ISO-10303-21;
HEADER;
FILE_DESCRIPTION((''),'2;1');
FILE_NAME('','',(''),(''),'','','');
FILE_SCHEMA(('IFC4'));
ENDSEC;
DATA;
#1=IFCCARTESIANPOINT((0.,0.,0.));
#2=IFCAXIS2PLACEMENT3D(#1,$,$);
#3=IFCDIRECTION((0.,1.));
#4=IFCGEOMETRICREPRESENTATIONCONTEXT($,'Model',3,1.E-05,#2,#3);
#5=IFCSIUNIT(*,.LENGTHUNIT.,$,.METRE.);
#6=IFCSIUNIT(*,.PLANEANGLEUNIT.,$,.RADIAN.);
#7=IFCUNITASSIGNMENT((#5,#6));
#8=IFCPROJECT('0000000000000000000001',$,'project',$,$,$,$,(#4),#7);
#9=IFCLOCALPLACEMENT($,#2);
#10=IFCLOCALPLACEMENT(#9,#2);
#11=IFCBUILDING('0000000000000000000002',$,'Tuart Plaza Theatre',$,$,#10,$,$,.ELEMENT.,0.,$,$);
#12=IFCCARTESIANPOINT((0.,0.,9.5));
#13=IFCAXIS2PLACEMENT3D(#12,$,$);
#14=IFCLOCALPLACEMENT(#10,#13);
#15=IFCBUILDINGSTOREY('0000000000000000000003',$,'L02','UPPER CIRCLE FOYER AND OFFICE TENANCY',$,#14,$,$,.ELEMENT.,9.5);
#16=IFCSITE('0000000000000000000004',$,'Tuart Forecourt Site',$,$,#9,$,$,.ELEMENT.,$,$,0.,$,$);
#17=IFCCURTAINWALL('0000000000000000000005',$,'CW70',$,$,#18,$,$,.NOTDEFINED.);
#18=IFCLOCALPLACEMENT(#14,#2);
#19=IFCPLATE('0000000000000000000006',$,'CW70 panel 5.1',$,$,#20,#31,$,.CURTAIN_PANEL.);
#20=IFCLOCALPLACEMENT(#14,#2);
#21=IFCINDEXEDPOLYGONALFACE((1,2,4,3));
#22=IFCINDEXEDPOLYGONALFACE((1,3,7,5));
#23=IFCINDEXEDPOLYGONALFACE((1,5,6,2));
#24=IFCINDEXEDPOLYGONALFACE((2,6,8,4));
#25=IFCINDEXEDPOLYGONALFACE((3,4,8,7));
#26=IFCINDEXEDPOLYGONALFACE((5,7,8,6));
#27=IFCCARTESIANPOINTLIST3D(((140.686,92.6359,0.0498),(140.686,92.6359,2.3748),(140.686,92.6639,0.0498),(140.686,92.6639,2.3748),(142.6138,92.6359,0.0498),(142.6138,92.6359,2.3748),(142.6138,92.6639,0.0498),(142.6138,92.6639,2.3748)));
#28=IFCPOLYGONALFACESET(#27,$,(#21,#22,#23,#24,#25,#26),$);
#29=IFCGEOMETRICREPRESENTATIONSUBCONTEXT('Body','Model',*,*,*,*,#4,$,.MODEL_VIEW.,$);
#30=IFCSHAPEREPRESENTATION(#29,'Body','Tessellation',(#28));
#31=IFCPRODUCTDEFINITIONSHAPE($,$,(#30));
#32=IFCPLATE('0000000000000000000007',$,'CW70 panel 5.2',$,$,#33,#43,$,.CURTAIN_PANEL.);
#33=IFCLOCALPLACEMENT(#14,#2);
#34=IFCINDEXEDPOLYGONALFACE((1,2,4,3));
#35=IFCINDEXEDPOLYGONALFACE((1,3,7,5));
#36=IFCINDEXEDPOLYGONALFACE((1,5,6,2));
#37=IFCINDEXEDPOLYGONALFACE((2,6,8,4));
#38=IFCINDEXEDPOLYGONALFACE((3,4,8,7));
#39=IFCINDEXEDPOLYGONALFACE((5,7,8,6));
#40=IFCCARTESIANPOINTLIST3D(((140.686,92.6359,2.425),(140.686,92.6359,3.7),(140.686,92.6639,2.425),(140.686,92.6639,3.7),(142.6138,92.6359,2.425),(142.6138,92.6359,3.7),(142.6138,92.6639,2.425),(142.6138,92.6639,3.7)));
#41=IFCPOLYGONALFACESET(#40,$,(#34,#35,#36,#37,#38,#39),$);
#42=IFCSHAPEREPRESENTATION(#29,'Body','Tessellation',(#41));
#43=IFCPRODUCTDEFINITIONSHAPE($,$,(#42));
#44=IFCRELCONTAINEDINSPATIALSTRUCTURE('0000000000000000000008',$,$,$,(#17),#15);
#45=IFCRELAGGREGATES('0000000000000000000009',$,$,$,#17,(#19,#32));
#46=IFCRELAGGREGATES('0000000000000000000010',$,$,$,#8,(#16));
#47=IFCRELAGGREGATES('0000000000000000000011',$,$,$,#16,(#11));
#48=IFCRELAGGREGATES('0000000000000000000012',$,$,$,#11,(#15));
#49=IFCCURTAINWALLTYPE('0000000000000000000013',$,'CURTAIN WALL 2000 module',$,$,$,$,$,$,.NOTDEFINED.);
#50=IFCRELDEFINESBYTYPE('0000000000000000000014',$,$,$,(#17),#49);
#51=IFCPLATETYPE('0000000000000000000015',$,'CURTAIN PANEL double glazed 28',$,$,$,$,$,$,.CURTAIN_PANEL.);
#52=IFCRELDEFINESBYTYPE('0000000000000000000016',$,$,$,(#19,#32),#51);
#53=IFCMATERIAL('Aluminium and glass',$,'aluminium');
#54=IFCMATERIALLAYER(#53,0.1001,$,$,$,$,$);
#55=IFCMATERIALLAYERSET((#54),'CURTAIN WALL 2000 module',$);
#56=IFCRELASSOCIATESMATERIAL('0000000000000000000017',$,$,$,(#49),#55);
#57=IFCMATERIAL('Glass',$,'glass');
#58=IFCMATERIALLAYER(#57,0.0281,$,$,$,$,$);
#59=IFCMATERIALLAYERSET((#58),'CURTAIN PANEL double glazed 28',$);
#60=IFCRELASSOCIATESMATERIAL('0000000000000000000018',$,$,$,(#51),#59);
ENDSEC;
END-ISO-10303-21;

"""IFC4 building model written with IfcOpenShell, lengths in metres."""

from ifc_helpers import new_model, si_unit, direction, frame, origin, origin_2d, place, context, subcontext, project, spatial, rectangle, extrude, material, layer, layer_set, type_object, element, aggregate, save


model = new_model("IFC4")

# Units and contexts
model_context = context("Model", 3, precision=1e-05, world=origin(), true_north=direction((0.0, 1.0)))
body_context = subcontext(model_context, "Body", "Model", "MODEL_VIEW")
ifc_project = project(units=[si_unit("LENGTHUNIT", "METRE"), si_unit("PLANEANGLEUNIT", "RADIAN")], contexts=[model_context])

# Site, building, storey
site_placement = place(None, origin())
site = spatial("IfcSite", under=ifc_project, at=site_placement, Name="Tuart Forecourt Site", CompositionType="ELEMENT", RefElevation=0.0)
building_placement = place(site_placement, origin())
building = spatial("IfcBuilding", under=site, at=building_placement, Name="Tuart Plaza Theatre", CompositionType="ELEMENT", ElevationOfRefHeight=0.0)
storey_placement = place(building_placement, frame((0.0, 0.0, 9.5)))
storey = spatial("IfcBuildingStorey", under=building, at=storey_placement, Name="L02", Description="UPPER CIRCLE FOYER AND OFFICE TENANCY", CompositionType="ELEMENT", Elevation=9.5)

# Curtain wall, plates
ifc_material_1 = material(Name="Aluminium and glass", Category="aluminium")
ifc_layer_1 = layer(ifc_material_1, 0.1001)
ifc_layer_set_1 = layer_set([ifc_layer_1], Name="CURTAIN WALL 2000 module")
curtain_wall_type = type_object("IfcCurtainWallType", Name="CURTAIN WALL 2000 module", PredefinedType="NOTDEFINED", material=ifc_layer_set_1)
curtain_wall_placement = place(storey_placement, origin())
curtain_wall = element("IfcCurtainWall", 1, at=curtain_wall_placement, inside=storey, type_object=curtain_wall_type, Name="CW70", PredefinedType="NOTDEFINED")
ifc_material_2 = material(Name="Glass", Category="glass")
ifc_layer_2 = layer(ifc_material_2, 0.0281)
ifc_layer_set_2 = layer_set([ifc_layer_2], Name="CURTAIN PANEL double glazed 28")
plate_type = type_object("IfcPlateType", Name="CURTAIN PANEL double glazed 28", PredefinedType="CURTAIN_PANEL", material=ifc_layer_set_2)
plate_1_placement = place(storey_placement, frame((141.6499, 92.6499, 0.0498), z_axis=(0.0, 0.0, 1.0), x_axis=(-1.0, 0.0, 0.0)))
plate_1 = element("IfcPlate", 2, at=plate_1_placement, type_object=plate_type, Name="CW70 panel 5.1", PredefinedType="CURTAIN_PANEL", context=body_context, shape_type="SweptSolid", body=[
    extrude(rectangle(XDim=1.9277, YDim=0.0281, at=origin_2d()), origin(), (0.0, 0.0, 1.0), 2.325),
])
plate_2_placement = place(storey_placement, frame((141.6499, 92.6499, 2.425), z_axis=(0.0, 0.0, 1.0), x_axis=(-1.0, 0.0, 0.0)))
plate_2 = element("IfcPlate", 3, at=plate_2_placement, type_object=plate_type, Name="CW70 panel 5.2", PredefinedType="CURTAIN_PANEL", context=body_context, shape_type="SweptSolid", body=[
    extrude(rectangle(XDim=1.9277, YDim=0.0281, at=origin_2d()), origin(), (0.0, 0.0, 1.0), 1.2749),
])
aggregate(curtain_wall, [plate_1, plate_2])

save(model, "model.ifc")
